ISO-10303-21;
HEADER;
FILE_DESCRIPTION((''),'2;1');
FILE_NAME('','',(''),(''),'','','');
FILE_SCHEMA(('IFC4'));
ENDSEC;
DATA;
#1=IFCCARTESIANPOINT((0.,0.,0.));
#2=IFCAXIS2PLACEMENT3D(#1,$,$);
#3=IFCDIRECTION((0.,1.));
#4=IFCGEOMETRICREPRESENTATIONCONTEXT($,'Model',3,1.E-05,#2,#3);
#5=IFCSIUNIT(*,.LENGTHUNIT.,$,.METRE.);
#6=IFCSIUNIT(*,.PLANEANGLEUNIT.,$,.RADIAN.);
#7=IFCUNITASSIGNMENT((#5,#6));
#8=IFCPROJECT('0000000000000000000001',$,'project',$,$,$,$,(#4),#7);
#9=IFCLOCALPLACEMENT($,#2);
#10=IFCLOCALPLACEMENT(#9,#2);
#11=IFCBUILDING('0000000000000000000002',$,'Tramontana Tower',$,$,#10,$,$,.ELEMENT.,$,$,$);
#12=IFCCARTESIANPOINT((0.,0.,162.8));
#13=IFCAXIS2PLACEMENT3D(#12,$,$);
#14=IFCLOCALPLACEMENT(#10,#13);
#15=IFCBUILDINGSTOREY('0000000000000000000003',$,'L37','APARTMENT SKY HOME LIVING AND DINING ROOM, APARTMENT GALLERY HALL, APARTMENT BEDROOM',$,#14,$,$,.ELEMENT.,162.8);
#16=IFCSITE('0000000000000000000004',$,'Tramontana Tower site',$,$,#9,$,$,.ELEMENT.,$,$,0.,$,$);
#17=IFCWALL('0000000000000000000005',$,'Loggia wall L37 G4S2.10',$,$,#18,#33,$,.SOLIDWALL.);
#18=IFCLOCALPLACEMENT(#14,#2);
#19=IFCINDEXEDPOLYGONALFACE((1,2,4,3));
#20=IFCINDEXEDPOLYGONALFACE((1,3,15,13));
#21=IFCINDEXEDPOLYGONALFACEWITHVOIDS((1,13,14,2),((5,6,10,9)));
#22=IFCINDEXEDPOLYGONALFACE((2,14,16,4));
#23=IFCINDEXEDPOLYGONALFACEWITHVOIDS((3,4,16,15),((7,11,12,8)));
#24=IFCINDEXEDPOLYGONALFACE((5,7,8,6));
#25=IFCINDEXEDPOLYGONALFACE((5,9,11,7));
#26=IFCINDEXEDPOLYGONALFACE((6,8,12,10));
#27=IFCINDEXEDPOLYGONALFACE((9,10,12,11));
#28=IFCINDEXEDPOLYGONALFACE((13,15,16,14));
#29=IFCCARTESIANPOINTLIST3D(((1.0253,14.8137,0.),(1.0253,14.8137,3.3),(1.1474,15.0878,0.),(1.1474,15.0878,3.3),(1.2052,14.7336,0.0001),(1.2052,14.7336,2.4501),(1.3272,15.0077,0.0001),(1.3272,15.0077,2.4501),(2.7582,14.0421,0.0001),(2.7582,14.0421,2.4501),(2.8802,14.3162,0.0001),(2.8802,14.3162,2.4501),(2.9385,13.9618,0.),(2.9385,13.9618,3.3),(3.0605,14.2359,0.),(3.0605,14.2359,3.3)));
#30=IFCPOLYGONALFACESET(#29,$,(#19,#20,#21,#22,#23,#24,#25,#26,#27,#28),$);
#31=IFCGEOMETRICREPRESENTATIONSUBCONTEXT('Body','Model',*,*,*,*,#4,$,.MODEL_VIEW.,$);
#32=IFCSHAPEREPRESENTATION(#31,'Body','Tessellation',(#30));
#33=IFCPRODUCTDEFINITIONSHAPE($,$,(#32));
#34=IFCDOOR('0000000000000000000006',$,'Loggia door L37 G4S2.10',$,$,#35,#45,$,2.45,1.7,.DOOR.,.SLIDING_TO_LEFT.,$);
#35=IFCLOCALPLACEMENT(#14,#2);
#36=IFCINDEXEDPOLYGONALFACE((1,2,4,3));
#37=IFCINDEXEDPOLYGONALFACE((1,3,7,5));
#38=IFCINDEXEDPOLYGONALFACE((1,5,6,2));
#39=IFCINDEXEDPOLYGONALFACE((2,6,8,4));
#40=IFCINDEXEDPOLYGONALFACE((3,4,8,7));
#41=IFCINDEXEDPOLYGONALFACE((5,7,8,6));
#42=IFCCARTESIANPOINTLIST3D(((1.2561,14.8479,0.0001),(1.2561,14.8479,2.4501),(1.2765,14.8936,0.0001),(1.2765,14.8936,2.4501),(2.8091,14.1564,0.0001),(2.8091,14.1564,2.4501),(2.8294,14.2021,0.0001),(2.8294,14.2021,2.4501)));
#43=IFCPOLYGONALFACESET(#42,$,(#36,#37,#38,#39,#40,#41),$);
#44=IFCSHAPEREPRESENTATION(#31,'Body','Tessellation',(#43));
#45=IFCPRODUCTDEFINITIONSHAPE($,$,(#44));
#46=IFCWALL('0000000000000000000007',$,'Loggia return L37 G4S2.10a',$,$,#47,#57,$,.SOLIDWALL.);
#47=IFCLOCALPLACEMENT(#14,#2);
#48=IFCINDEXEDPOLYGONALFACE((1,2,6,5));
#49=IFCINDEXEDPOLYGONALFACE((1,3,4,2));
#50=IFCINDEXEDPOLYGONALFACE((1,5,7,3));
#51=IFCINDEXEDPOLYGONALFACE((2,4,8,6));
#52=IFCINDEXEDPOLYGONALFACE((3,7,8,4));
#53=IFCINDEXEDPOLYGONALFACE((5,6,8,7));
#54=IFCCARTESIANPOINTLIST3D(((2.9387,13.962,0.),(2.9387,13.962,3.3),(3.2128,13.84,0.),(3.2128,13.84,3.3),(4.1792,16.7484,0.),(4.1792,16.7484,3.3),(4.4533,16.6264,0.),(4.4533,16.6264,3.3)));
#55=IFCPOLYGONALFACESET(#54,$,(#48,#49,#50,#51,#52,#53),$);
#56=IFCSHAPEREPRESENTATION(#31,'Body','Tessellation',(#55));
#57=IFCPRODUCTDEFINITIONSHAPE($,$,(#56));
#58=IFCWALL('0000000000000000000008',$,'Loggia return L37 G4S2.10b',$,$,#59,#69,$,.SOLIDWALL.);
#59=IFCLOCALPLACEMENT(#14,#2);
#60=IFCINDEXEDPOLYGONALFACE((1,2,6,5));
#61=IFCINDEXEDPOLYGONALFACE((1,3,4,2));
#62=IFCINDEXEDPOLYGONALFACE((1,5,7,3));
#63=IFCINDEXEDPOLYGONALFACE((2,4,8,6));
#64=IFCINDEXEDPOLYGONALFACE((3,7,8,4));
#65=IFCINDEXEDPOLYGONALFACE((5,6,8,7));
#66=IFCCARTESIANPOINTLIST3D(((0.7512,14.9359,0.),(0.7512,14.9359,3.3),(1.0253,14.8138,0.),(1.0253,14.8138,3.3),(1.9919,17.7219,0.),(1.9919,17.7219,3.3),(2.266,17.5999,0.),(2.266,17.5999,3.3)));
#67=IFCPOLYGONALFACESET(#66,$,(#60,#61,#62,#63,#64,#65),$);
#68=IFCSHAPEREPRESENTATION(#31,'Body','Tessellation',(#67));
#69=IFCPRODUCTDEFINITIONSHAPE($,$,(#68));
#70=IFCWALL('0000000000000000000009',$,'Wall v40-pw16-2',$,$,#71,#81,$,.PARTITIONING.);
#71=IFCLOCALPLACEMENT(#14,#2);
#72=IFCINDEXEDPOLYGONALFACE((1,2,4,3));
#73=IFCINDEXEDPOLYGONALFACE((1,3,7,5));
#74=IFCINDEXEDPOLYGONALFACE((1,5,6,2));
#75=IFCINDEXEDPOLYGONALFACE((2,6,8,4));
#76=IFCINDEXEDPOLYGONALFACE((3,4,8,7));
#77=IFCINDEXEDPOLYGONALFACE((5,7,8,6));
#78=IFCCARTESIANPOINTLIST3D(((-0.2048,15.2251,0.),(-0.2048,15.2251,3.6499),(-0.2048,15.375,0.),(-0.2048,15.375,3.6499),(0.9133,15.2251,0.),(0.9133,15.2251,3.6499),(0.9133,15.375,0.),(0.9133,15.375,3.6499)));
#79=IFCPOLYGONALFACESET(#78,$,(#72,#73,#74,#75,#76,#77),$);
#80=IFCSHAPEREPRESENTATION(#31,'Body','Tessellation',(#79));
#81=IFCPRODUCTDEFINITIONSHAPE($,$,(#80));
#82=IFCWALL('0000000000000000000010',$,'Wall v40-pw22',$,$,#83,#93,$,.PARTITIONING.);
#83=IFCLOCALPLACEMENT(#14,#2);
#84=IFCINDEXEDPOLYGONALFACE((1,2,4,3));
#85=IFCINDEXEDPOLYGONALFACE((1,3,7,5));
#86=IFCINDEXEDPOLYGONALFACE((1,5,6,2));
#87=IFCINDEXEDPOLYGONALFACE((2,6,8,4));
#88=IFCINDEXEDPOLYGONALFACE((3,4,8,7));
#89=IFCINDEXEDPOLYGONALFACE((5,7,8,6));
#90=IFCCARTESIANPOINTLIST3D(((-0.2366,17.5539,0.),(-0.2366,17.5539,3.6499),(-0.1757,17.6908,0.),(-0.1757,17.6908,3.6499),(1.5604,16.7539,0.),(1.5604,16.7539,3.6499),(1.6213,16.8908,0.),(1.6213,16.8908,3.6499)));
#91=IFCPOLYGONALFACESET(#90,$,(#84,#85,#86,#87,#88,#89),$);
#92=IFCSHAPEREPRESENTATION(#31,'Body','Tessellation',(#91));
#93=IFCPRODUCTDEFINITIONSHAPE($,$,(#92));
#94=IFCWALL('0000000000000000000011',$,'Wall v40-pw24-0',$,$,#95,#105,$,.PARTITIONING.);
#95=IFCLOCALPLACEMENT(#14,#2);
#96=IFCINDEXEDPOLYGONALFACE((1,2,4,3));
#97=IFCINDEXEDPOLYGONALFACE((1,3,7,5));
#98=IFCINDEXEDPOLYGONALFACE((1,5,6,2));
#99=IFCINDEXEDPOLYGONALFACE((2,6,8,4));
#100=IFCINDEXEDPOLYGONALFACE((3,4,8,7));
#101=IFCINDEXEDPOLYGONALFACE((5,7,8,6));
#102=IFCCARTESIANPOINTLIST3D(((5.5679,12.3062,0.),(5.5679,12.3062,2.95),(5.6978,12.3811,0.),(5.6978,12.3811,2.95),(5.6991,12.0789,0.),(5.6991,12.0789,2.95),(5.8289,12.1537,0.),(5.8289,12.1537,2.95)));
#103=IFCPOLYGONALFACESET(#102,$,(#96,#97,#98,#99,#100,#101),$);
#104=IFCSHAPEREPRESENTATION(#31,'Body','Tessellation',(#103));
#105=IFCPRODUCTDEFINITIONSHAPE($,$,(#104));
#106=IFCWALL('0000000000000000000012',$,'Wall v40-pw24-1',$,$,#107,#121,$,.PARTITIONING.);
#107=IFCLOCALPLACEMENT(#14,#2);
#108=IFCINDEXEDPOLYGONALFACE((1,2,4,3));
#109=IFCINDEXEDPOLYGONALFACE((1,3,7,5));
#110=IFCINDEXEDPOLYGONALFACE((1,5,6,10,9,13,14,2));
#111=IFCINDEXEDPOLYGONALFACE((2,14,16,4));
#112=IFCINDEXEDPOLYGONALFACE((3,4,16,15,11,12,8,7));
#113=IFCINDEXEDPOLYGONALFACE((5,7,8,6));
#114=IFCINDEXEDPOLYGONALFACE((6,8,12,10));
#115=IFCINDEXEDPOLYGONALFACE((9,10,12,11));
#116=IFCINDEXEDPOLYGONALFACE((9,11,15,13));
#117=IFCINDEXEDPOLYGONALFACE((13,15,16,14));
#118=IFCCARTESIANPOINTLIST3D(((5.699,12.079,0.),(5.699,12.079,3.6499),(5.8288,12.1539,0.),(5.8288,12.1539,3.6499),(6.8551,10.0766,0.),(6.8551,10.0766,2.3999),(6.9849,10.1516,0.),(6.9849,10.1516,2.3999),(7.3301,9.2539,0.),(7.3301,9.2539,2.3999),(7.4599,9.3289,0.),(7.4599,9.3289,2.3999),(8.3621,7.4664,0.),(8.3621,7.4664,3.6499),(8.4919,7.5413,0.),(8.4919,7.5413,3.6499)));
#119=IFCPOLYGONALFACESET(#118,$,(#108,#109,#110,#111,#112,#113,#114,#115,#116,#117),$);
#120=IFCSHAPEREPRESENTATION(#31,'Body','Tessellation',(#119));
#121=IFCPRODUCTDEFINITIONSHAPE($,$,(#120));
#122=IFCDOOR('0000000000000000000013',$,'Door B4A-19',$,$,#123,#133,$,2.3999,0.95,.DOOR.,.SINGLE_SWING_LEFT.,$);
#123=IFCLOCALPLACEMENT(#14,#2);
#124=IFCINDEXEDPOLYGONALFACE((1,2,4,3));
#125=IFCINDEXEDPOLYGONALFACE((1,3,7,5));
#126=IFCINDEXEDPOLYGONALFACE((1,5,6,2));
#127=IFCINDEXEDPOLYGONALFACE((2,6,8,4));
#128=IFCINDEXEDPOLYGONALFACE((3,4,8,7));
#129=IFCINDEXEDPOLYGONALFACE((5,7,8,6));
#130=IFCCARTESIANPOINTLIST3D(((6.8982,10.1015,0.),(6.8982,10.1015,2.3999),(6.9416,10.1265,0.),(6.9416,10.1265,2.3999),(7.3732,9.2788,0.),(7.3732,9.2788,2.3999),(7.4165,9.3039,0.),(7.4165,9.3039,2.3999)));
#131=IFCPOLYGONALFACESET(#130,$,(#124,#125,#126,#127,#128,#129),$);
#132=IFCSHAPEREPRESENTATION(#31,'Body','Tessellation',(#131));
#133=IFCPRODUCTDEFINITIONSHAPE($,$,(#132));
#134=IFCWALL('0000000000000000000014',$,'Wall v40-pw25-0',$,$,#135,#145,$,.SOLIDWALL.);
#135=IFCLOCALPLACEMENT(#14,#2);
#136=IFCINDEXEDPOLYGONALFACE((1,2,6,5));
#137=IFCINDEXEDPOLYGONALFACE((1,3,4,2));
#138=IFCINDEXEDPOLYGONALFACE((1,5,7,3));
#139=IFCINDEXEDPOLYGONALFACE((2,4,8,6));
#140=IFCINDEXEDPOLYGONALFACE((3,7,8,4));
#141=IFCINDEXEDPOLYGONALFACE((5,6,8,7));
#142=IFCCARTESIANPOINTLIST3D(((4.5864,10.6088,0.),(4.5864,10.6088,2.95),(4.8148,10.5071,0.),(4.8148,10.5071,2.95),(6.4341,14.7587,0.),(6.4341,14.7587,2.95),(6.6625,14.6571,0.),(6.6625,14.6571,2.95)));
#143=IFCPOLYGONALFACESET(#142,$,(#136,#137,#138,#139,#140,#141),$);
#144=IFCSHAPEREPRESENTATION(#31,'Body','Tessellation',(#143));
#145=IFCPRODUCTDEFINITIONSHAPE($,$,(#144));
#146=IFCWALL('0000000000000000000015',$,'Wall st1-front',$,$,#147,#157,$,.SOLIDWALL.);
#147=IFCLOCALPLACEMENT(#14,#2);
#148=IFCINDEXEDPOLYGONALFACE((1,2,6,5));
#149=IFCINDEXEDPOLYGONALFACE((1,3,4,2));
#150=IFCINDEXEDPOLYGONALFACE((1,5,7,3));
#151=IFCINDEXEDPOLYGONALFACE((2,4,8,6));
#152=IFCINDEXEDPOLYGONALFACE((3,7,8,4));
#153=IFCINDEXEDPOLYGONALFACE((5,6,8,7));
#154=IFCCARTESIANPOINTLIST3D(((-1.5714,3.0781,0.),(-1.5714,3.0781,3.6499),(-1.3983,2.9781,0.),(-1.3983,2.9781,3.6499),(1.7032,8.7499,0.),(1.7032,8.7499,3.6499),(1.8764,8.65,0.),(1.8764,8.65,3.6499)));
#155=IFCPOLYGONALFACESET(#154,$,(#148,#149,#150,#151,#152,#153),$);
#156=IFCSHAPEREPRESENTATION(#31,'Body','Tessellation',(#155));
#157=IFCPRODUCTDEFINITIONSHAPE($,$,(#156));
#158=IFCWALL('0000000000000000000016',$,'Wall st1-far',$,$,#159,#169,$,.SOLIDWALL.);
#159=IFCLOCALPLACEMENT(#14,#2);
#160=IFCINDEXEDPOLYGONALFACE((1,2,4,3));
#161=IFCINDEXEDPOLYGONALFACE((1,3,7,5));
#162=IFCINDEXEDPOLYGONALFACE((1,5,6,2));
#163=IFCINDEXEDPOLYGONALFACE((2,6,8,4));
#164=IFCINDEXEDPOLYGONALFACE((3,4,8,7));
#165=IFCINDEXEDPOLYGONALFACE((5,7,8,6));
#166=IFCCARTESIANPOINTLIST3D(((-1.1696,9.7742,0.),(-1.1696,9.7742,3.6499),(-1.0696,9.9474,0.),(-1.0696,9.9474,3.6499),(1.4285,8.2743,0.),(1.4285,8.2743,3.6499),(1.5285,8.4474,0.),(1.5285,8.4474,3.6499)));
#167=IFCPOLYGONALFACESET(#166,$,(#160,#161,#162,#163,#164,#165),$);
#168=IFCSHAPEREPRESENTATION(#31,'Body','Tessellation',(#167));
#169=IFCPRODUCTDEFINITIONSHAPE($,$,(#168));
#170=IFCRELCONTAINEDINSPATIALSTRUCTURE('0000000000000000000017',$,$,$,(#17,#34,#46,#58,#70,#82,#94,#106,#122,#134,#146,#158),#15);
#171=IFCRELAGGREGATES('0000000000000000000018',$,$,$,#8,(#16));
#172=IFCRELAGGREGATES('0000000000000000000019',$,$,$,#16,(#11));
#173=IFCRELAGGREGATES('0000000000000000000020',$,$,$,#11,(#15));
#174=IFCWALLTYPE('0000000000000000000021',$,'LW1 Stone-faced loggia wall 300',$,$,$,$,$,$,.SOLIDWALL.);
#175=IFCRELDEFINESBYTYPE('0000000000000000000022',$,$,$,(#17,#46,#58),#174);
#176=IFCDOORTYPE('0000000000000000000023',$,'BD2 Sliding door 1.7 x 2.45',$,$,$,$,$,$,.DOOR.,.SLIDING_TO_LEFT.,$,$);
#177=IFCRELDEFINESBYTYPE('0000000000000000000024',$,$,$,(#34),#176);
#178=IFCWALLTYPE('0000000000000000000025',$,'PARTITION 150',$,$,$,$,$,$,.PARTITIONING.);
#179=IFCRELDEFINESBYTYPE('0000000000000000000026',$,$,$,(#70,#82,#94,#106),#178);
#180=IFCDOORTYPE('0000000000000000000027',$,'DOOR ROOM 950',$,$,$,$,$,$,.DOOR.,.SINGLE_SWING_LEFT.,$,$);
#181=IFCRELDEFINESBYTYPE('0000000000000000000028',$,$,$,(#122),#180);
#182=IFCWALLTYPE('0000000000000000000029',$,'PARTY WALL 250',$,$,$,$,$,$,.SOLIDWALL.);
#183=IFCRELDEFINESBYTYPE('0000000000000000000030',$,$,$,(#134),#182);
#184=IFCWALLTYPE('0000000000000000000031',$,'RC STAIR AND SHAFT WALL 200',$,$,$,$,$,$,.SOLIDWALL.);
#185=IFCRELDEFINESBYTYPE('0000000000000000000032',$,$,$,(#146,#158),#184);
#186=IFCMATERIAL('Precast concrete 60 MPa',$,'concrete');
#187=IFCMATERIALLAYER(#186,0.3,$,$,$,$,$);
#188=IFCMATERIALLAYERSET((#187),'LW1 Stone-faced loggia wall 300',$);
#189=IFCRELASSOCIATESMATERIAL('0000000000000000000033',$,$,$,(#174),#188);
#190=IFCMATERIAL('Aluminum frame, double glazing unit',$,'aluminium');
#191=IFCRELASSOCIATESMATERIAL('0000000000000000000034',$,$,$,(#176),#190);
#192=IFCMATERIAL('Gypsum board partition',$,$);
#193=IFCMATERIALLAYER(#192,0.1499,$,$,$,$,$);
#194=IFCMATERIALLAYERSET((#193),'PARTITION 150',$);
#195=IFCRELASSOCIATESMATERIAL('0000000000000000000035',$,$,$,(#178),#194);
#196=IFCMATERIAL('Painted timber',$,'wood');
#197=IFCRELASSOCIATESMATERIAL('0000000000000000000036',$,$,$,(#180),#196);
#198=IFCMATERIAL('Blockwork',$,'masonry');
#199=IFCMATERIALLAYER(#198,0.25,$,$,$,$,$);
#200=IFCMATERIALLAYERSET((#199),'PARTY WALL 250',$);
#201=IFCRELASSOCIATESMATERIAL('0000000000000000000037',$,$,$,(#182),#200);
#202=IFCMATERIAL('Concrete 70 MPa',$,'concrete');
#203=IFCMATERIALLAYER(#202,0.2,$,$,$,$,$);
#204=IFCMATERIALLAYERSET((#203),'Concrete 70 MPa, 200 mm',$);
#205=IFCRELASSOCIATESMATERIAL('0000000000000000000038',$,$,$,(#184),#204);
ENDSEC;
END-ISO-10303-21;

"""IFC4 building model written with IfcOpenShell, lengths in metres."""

from ifc_helpers import new_model, si_unit, direction, frame, frame_2d, origin, place, context, subcontext, project, spatial, rectangle, extrude, material, layer, layer_set, type_object, element, fill, save


model = new_model("IFC4")

# Units and contexts
model_context = context("Model", 3, precision=1e-05, world=origin(), true_north=direction((0.0, 1.0)))
body_context = subcontext(model_context, "Body", "Model", "MODEL_VIEW")
ifc_project = project(units=[si_unit("LENGTHUNIT", "METRE"), si_unit("PLANEANGLEUNIT", "RADIAN")], contexts=[model_context])

# Site, building, storey
site_placement = place(None, origin())
site = spatial("IfcSite", under=ifc_project, at=site_placement, Name="Tramontana Tower site", CompositionType="ELEMENT", RefElevation=0.0)
building_placement = place(site_placement, origin())
building = spatial("IfcBuilding", under=site, at=building_placement, Name="Tramontana Tower", CompositionType="ELEMENT")
storey_placement = place(building_placement, frame((0.0, 0.0, 162.8)))
storey = spatial("IfcBuildingStorey", under=building, at=storey_placement, Name="L37", Description="APARTMENT SKY HOME LIVING AND DINING ROOM, APARTMENT GALLERY HALL, APARTMENT BEDROOM", CompositionType="ELEMENT", Elevation=162.8)

# Wall, opening, door
ifc_material_1 = material(Name="Precast concrete 60 MPa", Category="concrete")
ifc_layer_1 = layer(ifc_material_1, 0.3)
ifc_layer_set_1 = layer_set([ifc_layer_1], Name="LW1 Stone-faced loggia wall 300")
wall_type_1 = type_object("IfcWallType", Name="LW1 Stone-faced loggia wall 300", PredefinedType="SOLIDWALL", material=ifc_layer_set_1)
wall_1_placement = place(storey_placement, frame((2.9995, 14.0989, 0.0), z_axis=(0.0, 0.0, 1.0), x_axis=(-0.913537, 0.406755, 0.0)))
wall_1 = element("IfcWall", 1, at=wall_1_placement, inside=storey, type_object=wall_type_1, Name="Loggia wall L37 G4S2.10", PredefinedType="SOLIDWALL", context=body_context, shape_type="SweptSolid", body=[
    extrude(rectangle(XDim=2.0942, YDim=0.3, at=frame_2d((1.0471, 0.0))), origin(), (0.0, 0.0, 1.0), 3.3),
])
opening_1_placement = place(wall_1_placement, frame((0.1973, 0.0, 0.0)))
opening_1 = element("IfcOpeningElement", 2, at=opening_1_placement, cuts=wall_1, PredefinedType="OPENING", context=body_context, shape_type="SweptSolid", body=[
    extrude(rectangle(XDim=1.7, YDim=2.45, at=frame_2d((0.8501, 1.2251))), frame((0.0, 0.1599, 0.0), z_axis=(0.0, -1.0, 0.0), x_axis=(1.0, 0.0, 0.0)), (0.0, 0.0, 1.0), 0.3201),
])
ifc_material_2 = material(Name="Aluminum frame, double glazing unit", Category="aluminium")
door_type_1 = type_object("IfcDoorType", Name="BD2 Sliding door 1.7 x 2.45", OperationType="SLIDING_TO_LEFT", PredefinedType="DOOR", material=ifc_material_2)
door_1_placement = place(opening_1_placement, origin())
door_1 = element("IfcDoor", 3, at=door_1_placement, inside=storey, type_object=door_type_1, Name="Loggia door L37 G4S2.10", OperationType="SLIDING_TO_LEFT", OverallHeight=2.45, OverallWidth=1.7, PredefinedType="DOOR", context=body_context, shape_type="SweptSolid", body=[
    extrude(rectangle(XDim=1.7, YDim=2.45, at=frame_2d((0.8501, 1.2251))), frame((0.0, 0.0249, 0.0), z_axis=(0.0, -1.0, 0.0), x_axis=(1.0, 0.0, 0.0)), (0.0, 0.0, 1.0), 0.05),
])
fill(opening_1, door_1)

# Walls
wall_2_placement = place(storey_placement, frame((4.3162, 16.6873, 0.0), z_axis=(0.0, 0.0, 1.0), x_axis=(-0.40671, -0.913557, 0.0)))
element("IfcWall", 4, at=wall_2_placement, inside=storey, type_object=wall_type_1, Name="Loggia return L37 G4S2.10a", PredefinedType="SOLIDWALL", context=body_context, shape_type="SweptSolid", body=[
    extrude(rectangle(XDim=3.05, YDim=0.3, at=frame_2d((1.5249, 0.0))), origin(), (0.0, 0.0, 1.0), 3.3),
])
wall_3_placement = place(storey_placement, frame((2.1289, 17.6609, 0.0), z_axis=(0.0, 0.0, 1.0), x_axis=(-0.406807, -0.913514, 0.0)))
element("IfcWall", 5, at=wall_3_placement, inside=storey, type_object=wall_type_1, Name="Loggia return L37 G4S2.10b", PredefinedType="SOLIDWALL", context=body_context, shape_type="SweptSolid", body=[
    extrude(rectangle(XDim=3.0498, YDim=0.3, at=frame_2d((1.5249, 0.0))), origin(), (0.0, 0.0, 1.0), 3.3),
])
ifc_material_3 = material(Name="Gypsum board partition")
ifc_layer_2 = layer(ifc_material_3, 0.1499)
ifc_layer_set_2 = layer_set([ifc_layer_2], Name="PARTITION 150")
wall_type_2 = type_object("IfcWallType", Name="PARTITION 150", PredefinedType="PARTITIONING", material=ifc_layer_set_2)
wall_4_placement = place(storey_placement, frame((-0.2048, 15.3, 0.0), z_axis=(0.0, 0.0, 1.0), x_axis=(1.0, 0.0, 0.0)))
element("IfcWall", 6, at=wall_4_placement, inside=storey, type_object=wall_type_2, Name="Wall v40-pw16-2", PredefinedType="PARTITIONING", context=body_context, shape_type="SweptSolid", body=[
    extrude(rectangle(XDim=1.1182, YDim=0.1499, at=frame_2d((0.5591, 0.0))), origin(), (0.0, 0.0, 1.0), 3.6499),
])
wall_5_placement = place(storey_placement, frame((-0.2061, 17.6223, 0.0), z_axis=(0.0, 0.0, 1.0), x_axis=(0.913561, -0.406703, 0.0)))
element("IfcWall", 7, at=wall_5_placement, inside=storey, type_object=wall_type_2, Name="Wall v40-pw22", PredefinedType="PARTITIONING", context=body_context, shape_type="SweptSolid", body=[
    extrude(rectangle(XDim=1.967, YDim=0.1499, at=frame_2d((0.9834, 0.0))), origin(), (0.0, 0.0, 1.0), 3.6499),
])
wall_6_placement = place(storey_placement, frame((5.6328, 12.3438, 0.0), z_axis=(0.0, 0.0, 1.0), x_axis=(0.499642, -0.866232, 0.0)))
element("IfcWall", 8, at=wall_6_placement, inside=storey, type_object=wall_type_2, Name="Wall v40-pw24-0", PredefinedType="PARTITIONING", context=body_context, shape_type="SweptSolid", body=[
    extrude(rectangle(XDim=0.2625, YDim=0.1499, at=frame_2d((0.1313, 0.0))), origin(), (0.0, 0.0, 1.0), 2.95),
])

# Wall, opening, door
wall_7_placement = place(storey_placement, frame((5.7639, 12.1165, 0.0), z_axis=(0.0, 0.0, 1.0), x_axis=(0.500004, -0.866023, 0.0)))
wall_7 = element("IfcWall", 9, at=wall_7_placement, inside=storey, type_object=wall_type_2, Name="Wall v40-pw24-1", PredefinedType="PARTITIONING", context=body_context, shape_type="SweptSolid", body=[
    extrude(rectangle(XDim=5.3262, YDim=0.1499, at=frame_2d((2.6631, 0.0))), origin(), (0.0, 0.0, 1.0), 3.6499),
])
opening_2_placement = place(wall_7_placement, frame((2.312, 0.0, 0.0)))
opening_2 = element("IfcOpeningElement", 10, at=opening_2_placement, cuts=wall_7, PredefinedType="OPENING", context=body_context, shape_type="SweptSolid", body=[
    extrude(rectangle(XDim=0.95, YDim=2.3999, at=frame_2d((0.4751, 1.2))), frame((0.0, 0.085, 0.0), z_axis=(0.0, -1.0, 0.0), x_axis=(1.0, 0.0, 0.0)), (0.0, 0.0, 1.0), 0.1699),
])
ifc_material_4 = material(Name="Painted timber", Category="wood")
door_type_2 = type_object("IfcDoorType", Name="DOOR ROOM 950", OperationType="SINGLE_SWING_LEFT", PredefinedType="DOOR", material=ifc_material_4)
door_2_placement = place(opening_2_placement, origin())
door_2 = element("IfcDoor", 11, at=door_2_placement, inside=storey, type_object=door_type_2, Name="Door B4A-19", OperationType="SINGLE_SWING_LEFT", OverallHeight=2.3999, OverallWidth=0.95, PredefinedType="DOOR", context=body_context, shape_type="SweptSolid", body=[
    extrude(rectangle(XDim=0.95, YDim=2.3999, at=frame_2d((0.4751, 1.2))), frame((0.0, 0.0249, 0.0), z_axis=(0.0, -1.0, 0.0), x_axis=(1.0, 0.0, 0.0)), (0.0, 0.0, 1.0), 0.05),
])
fill(opening_2, door_2)

# Walls
ifc_material_5 = material(Name="Blockwork", Category="masonry")
ifc_layer_3 = layer(ifc_material_5, 0.25)
ifc_layer_set_3 = layer_set([ifc_layer_3], Name="PARTY WALL 250")
wall_type_3 = type_object("IfcWallType", Name="PARTY WALL 250", PredefinedType="SOLIDWALL", material=ifc_layer_set_3)
wall_8_placement = place(storey_placement, frame((6.5483, 14.708, 0.0), z_axis=(0.0, 0.0, 1.0), x_axis=(-0.406737, -0.913545, 0.0)))
element("IfcWall", 12, at=wall_8_placement, inside=storey, type_object=wall_type_3, Name="Wall v40-pw25-0", PredefinedType="SOLIDWALL", context=body_context, shape_type="SweptSolid", body=[
    extrude(rectangle(XDim=4.5427, YDim=0.25, at=frame_2d((2.2715, 0.0))), origin(), (0.0, 0.0, 1.0), 2.95),
])
ifc_material_6 = material(Name="Concrete 70 MPa", Category="concrete")
ifc_layer_4 = layer(ifc_material_6, 0.2)
ifc_layer_set_4 = layer_set([ifc_layer_4], Name="Concrete 70 MPa, 200 mm")
wall_type_4 = type_object("IfcWallType", Name="RC STAIR AND SHAFT WALL 200", PredefinedType="SOLIDWALL", material=ifc_layer_set_4)
wall_9_placement = place(storey_placement, frame((1.7898, 8.7, 0.0), z_axis=(0.0, 0.0, 1.0), x_axis=(-0.5, -0.866025, 0.0)))
element("IfcWall", 13, at=wall_9_placement, inside=storey, type_object=wall_type_4, Name="Wall st1-front", PredefinedType="SOLIDWALL", context=body_context, shape_type="SweptSolid", body=[
    extrude(rectangle(XDim=6.5493, YDim=0.2, at=frame_2d((3.2747, 0.0))), origin(), (0.0, 0.0, 1.0), 3.6499),
])
wall_10_placement = place(storey_placement, frame((1.4785, 8.3608, 0.0), z_axis=(0.0, 0.0, 1.0), x_axis=(-0.866031, 0.49999, 0.0)))
element("IfcWall", 14, at=wall_10_placement, inside=storey, type_object=wall_type_4, Name="Wall st1-far", PredefinedType="SOLIDWALL", context=body_context, shape_type="SweptSolid", body=[
    extrude(rectangle(XDim=3.0, YDim=0.2, at=frame_2d((1.5, 0.0))), origin(), (0.0, 0.0, 1.0), 3.6499),
])

save(model, "model.ifc")
